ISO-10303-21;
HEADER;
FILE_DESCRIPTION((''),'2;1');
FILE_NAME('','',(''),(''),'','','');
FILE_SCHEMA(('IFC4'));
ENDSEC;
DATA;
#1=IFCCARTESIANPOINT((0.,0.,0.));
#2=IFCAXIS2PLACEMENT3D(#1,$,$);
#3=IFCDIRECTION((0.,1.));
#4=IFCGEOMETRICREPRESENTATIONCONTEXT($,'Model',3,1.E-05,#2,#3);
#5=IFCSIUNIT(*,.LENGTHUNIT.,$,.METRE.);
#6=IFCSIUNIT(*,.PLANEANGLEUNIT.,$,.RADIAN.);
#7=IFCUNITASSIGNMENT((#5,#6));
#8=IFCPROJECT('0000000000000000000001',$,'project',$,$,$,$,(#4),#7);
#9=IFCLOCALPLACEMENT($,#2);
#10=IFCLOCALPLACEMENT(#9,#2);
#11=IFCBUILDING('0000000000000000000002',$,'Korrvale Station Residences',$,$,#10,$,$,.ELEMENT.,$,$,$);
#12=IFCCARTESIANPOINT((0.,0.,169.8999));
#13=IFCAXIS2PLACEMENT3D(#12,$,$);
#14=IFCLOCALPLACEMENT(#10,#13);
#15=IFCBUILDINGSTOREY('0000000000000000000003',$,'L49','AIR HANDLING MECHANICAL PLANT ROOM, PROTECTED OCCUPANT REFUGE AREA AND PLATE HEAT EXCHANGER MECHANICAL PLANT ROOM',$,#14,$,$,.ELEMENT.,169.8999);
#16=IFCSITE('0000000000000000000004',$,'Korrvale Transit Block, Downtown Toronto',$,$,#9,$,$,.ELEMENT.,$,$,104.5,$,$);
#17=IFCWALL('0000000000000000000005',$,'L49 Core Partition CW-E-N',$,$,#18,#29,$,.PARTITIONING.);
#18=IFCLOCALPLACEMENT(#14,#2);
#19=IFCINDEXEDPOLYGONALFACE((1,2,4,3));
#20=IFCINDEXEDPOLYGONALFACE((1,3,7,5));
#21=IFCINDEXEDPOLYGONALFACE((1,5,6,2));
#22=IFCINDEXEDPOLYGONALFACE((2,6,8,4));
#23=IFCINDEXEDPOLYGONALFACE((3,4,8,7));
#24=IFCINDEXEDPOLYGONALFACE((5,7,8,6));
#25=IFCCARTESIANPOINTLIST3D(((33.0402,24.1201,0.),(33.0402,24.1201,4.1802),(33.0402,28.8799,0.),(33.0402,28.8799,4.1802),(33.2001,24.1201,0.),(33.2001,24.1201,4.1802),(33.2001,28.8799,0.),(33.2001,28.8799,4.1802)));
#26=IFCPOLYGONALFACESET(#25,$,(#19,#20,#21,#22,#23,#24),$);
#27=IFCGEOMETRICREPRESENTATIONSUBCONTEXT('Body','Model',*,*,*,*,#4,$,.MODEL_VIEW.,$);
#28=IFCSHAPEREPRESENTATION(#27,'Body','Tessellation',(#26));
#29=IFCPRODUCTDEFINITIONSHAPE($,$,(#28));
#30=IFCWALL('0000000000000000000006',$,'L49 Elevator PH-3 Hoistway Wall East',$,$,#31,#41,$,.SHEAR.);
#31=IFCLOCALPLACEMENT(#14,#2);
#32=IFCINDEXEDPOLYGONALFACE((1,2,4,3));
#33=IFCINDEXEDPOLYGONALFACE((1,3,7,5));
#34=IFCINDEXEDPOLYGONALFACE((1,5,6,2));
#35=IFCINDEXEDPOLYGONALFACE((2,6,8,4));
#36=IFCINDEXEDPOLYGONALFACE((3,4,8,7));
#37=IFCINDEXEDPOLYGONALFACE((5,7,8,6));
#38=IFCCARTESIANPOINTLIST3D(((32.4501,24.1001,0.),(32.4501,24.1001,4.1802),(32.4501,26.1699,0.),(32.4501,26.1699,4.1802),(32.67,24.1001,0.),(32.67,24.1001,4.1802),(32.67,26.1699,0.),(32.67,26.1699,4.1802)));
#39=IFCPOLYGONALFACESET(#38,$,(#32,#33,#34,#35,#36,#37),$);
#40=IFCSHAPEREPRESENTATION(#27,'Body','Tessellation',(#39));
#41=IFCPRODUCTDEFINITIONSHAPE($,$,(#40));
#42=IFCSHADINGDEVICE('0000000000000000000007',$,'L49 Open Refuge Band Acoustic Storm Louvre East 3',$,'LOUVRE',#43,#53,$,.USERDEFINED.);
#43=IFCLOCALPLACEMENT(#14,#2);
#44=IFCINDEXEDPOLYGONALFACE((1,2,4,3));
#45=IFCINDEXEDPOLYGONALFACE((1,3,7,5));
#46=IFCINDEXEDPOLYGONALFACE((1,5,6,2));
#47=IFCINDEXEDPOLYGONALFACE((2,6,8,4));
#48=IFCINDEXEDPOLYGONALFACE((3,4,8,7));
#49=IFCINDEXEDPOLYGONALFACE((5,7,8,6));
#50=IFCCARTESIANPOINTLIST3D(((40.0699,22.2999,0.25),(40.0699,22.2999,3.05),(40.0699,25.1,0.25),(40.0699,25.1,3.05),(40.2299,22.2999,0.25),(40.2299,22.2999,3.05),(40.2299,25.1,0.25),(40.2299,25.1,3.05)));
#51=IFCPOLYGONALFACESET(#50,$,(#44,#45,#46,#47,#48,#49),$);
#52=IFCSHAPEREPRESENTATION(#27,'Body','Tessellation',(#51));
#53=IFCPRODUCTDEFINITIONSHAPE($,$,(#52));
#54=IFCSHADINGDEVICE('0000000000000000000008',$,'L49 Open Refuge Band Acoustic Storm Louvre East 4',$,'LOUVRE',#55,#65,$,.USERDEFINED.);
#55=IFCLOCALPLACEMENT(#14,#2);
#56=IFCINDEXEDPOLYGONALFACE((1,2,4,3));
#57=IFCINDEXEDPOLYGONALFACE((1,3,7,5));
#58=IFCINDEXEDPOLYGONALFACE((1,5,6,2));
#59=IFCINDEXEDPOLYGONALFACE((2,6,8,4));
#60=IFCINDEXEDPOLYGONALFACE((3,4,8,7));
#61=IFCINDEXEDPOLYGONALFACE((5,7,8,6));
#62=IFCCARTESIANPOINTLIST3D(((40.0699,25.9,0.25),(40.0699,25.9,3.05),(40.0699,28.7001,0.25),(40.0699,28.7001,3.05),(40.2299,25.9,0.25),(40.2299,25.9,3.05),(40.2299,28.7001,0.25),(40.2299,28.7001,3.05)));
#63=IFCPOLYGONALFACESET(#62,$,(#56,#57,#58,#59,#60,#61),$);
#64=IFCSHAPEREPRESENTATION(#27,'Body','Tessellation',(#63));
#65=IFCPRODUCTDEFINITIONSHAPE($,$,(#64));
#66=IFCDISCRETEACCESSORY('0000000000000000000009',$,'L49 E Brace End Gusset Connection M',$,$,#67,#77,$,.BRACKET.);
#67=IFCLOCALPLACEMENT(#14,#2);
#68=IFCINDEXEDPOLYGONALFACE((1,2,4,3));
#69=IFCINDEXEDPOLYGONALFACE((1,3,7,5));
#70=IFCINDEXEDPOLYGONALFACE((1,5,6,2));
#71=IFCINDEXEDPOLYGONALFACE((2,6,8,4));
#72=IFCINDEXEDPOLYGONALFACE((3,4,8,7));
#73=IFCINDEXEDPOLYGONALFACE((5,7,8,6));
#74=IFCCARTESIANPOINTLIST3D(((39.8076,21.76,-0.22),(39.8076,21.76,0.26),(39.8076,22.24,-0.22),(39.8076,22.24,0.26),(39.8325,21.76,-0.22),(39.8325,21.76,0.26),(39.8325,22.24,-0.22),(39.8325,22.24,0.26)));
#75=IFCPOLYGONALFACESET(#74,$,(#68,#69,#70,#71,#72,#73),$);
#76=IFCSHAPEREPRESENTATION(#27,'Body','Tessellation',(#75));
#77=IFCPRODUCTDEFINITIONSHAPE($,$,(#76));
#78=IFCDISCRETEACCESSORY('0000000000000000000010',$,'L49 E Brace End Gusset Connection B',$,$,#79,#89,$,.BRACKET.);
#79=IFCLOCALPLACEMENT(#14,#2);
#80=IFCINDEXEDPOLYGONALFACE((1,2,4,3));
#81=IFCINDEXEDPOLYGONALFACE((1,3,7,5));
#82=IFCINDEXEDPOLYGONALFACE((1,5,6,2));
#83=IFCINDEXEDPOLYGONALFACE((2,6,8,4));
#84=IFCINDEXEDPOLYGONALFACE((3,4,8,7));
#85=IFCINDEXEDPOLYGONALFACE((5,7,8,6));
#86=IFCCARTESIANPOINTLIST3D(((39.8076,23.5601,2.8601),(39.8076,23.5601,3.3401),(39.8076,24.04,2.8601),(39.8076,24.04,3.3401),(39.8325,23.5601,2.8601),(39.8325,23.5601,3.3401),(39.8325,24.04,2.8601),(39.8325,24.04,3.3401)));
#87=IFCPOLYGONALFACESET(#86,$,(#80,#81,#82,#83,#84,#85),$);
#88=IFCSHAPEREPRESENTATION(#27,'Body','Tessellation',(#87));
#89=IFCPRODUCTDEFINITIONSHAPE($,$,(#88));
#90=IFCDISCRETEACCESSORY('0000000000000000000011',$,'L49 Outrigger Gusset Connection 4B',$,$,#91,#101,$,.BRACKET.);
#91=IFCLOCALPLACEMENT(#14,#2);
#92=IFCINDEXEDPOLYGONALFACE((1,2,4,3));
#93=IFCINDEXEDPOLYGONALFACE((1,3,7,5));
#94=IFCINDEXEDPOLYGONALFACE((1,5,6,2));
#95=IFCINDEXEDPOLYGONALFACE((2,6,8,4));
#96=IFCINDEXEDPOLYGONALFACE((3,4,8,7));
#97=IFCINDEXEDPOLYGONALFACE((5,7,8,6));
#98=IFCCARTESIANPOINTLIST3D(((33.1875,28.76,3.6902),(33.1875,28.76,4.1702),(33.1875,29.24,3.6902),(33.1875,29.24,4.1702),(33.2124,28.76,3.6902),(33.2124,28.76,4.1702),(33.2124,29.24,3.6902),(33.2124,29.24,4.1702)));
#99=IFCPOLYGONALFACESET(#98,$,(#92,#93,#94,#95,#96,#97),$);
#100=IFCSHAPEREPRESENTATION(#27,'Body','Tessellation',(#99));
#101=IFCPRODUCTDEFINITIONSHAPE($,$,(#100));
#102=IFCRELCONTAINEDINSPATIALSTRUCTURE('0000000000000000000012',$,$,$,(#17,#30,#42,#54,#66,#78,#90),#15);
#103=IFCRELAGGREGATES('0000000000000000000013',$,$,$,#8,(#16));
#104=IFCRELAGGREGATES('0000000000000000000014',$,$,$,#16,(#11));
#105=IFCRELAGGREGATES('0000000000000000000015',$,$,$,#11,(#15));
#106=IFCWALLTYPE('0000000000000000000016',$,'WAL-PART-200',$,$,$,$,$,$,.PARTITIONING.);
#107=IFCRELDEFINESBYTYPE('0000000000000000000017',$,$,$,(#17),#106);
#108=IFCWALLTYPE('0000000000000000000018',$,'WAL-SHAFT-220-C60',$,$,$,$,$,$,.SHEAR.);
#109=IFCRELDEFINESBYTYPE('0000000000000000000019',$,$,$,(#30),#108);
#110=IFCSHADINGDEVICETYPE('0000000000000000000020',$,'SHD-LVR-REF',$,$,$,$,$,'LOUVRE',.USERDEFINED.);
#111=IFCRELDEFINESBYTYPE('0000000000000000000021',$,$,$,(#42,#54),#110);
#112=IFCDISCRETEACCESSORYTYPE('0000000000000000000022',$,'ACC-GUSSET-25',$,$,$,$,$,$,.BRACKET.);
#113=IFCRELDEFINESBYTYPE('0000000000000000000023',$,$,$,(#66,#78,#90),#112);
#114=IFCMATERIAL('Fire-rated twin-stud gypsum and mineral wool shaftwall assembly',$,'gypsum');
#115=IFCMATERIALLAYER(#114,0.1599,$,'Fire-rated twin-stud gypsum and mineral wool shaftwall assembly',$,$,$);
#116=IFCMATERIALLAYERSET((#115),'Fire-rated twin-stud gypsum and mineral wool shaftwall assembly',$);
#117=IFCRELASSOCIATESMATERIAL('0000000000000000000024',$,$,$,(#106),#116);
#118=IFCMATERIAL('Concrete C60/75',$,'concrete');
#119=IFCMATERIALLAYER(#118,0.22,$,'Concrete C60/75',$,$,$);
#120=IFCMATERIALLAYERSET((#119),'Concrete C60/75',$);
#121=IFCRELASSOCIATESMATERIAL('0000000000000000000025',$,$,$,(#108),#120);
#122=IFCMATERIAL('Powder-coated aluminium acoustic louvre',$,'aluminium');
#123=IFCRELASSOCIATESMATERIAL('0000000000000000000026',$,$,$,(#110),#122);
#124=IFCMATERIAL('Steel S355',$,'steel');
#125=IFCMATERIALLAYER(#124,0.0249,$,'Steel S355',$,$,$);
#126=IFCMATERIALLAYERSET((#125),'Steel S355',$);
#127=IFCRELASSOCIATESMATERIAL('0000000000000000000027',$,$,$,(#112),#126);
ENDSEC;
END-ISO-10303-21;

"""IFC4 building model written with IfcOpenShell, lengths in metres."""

from ifc_helpers import new_model, si_unit, direction, frame, frame_2d, origin, origin_2d, place, context, subcontext, project, spatial, rectangle, extrude, material, layer, layer_set, type_object, element, save


model = new_model("IFC4")

# Units and contexts
model_context = context("Model", 3, precision=1e-05, world=origin(), true_north=direction((0.0, 1.0)))
body_context = subcontext(model_context, "Body", "Model", "MODEL_VIEW")
ifc_project = project(units=[si_unit("LENGTHUNIT", "METRE"), si_unit("PLANEANGLEUNIT", "RADIAN")], contexts=[model_context])

# Site, building, storey
site_placement = place(None, origin())
site = spatial("IfcSite", under=ifc_project, at=site_placement, Name="Korrvale Transit Block, Downtown Toronto", CompositionType="ELEMENT", RefElevation=104.5)
building_placement = place(site_placement, origin())
building = spatial("IfcBuilding", under=site, at=building_placement, Name="Korrvale Station Residences", CompositionType="ELEMENT")
storey_placement = place(building_placement, frame((0.0, 0.0, 169.8999)))
storey = spatial("IfcBuildingStorey", under=building, at=storey_placement, Name="L49", Description="AIR HANDLING MECHANICAL PLANT ROOM, PROTECTED OCCUPANT REFUGE AREA AND PLATE HEAT EXCHANGER MECHANICAL PLANT ROOM", CompositionType="ELEMENT", Elevation=169.8999)

# Shared definitions
ifc_material_1 = material(Name="Concrete C60/75", Category="concrete")

# Shared definitions
ifc_material_2 = material(Name="Steel S355", Category="steel")

# Walls
ifc_material_3 = material(Name="Fire-rated twin-stud gypsum and mineral wool shaftwall assembly", Category="gypsum")
ifc_layer_1 = layer(ifc_material_3, 0.1599, Name="Fire-rated twin-stud gypsum and mineral wool shaftwall assembly")
ifc_layer_set_1 = layer_set([ifc_layer_1], Name="Fire-rated twin-stud gypsum and mineral wool shaftwall assembly")
wall_type_1 = type_object("IfcWallType", Name="WAL-PART-200", PredefinedType="PARTITIONING", material=ifc_layer_set_1)
wall_1_placement = place(storey_placement, frame((33.1201, 24.1201, 0.0), z_axis=(0.0, 0.0, 1.0), x_axis=(0.0, 1.0, 0.0)))
element("IfcWall", 1, at=wall_1_placement, inside=storey, type_object=wall_type_1, Name="L49 Core Partition CW-E-N", PredefinedType="PARTITIONING", context=body_context, shape_type="SweptSolid", body=[
    extrude(rectangle(XDim=4.7598, YDim=0.1599, at=frame_2d((2.3799, 0.0))), origin(), (0.0, 0.0, 1.0), 4.1802),
])
ifc_layer_2 = layer(ifc_material_1, 0.22, Name="Concrete C60/75")
ifc_layer_set_2 = layer_set([ifc_layer_2], Name="Concrete C60/75")
wall_type_2 = type_object("IfcWallType", Name="WAL-SHAFT-220-C60", PredefinedType="SHEAR", material=ifc_layer_set_2)
wall_2_placement = place(storey_placement, frame((32.5601, 24.1001, 0.0), z_axis=(0.0, 0.0, 1.0), x_axis=(0.0, 1.0, 0.0)))
element("IfcWall", 2, at=wall_2_placement, inside=storey, type_object=wall_type_2, Name="L49 Elevator PH-3 Hoistway Wall East", PredefinedType="SHEAR", context=body_context, shape_type="SweptSolid", body=[
    extrude(rectangle(XDim=2.0698, YDim=0.22, at=frame_2d((1.0349, 0.0))), origin(), (0.0, 0.0, 1.0), 4.1802),
])

# Shading devices
ifc_material_4 = material(Name="Powder-coated aluminium acoustic louvre", Category="aluminium")
shading_device_type = type_object("IfcShadingDeviceType", Name="SHD-LVR-REF", ElementType="LOUVRE", PredefinedType="USERDEFINED", material=ifc_material_4)
for number, where, z_axis, x_axis, name in (
    (3, (40.1499, 23.7, 0.25), (0.0, 0.0, 1.0), (1.0, 0.0, 0.0), "L49 Open Refuge Band Acoustic Storm Louvre East 3"),
    (4, (40.1499, 27.3, 0.25), (0.0, 0.0, 1.0), (1.0, 0.0, 0.0), "L49 Open Refuge Band Acoustic Storm Louvre East 4"),
):
    element("IfcShadingDevice", number, at=place(storey_placement, frame(where, z_axis=z_axis, x_axis=x_axis)), inside=storey, type_object=shading_device_type, Name=name, ObjectType="LOUVRE", PredefinedType="USERDEFINED", context=body_context, shape_type="SweptSolid", body=[
        extrude(rectangle(XDim=0.1599, YDim=2.8, at=origin_2d()), origin(), (0.0, 0.0, 1.0), 2.8),
    ])

# Discrete accessories
ifc_layer_3 = layer(ifc_material_2, 0.0249, Name="Steel S355")
ifc_layer_set_3 = layer_set([ifc_layer_3], Name="Steel S355")
discrete_accessory_type = type_object("IfcDiscreteAccessoryType", Name="ACC-GUSSET-25", PredefinedType="BRACKET", material=ifc_layer_set_3)
for number, where, z_axis, x_axis, name in (
    (5, (39.8201, 22.0, -0.22), (0.0, 0.0, 1.0), (0.0, 1.0, 0.0), "L49 E Brace End Gusset Connection M"),
    (6, (39.8201, 23.8, 2.8601), (0.0, 0.0, 1.0), (0.0, 1.0, 0.0), "L49 E Brace End Gusset Connection B"),
    (7, (33.2, 29.0, 3.6902), (0.0, 0.0, 1.0), (0.0, 1.0, 0.0), "L49 Outrigger Gusset Connection 4B"),
):
    element("IfcDiscreteAccessory", number, at=place(storey_placement, frame(where, z_axis=z_axis, x_axis=x_axis)), inside=storey, type_object=discrete_accessory_type, Name=name, PredefinedType="BRACKET", context=body_context, shape_type="SweptSolid", body=[
        extrude(rectangle(XDim=0.48, YDim=0.0249, at=origin_2d()), origin(), (0.0, 0.0, 1.0), 0.48),
    ])

save(model, "model.ifc")
